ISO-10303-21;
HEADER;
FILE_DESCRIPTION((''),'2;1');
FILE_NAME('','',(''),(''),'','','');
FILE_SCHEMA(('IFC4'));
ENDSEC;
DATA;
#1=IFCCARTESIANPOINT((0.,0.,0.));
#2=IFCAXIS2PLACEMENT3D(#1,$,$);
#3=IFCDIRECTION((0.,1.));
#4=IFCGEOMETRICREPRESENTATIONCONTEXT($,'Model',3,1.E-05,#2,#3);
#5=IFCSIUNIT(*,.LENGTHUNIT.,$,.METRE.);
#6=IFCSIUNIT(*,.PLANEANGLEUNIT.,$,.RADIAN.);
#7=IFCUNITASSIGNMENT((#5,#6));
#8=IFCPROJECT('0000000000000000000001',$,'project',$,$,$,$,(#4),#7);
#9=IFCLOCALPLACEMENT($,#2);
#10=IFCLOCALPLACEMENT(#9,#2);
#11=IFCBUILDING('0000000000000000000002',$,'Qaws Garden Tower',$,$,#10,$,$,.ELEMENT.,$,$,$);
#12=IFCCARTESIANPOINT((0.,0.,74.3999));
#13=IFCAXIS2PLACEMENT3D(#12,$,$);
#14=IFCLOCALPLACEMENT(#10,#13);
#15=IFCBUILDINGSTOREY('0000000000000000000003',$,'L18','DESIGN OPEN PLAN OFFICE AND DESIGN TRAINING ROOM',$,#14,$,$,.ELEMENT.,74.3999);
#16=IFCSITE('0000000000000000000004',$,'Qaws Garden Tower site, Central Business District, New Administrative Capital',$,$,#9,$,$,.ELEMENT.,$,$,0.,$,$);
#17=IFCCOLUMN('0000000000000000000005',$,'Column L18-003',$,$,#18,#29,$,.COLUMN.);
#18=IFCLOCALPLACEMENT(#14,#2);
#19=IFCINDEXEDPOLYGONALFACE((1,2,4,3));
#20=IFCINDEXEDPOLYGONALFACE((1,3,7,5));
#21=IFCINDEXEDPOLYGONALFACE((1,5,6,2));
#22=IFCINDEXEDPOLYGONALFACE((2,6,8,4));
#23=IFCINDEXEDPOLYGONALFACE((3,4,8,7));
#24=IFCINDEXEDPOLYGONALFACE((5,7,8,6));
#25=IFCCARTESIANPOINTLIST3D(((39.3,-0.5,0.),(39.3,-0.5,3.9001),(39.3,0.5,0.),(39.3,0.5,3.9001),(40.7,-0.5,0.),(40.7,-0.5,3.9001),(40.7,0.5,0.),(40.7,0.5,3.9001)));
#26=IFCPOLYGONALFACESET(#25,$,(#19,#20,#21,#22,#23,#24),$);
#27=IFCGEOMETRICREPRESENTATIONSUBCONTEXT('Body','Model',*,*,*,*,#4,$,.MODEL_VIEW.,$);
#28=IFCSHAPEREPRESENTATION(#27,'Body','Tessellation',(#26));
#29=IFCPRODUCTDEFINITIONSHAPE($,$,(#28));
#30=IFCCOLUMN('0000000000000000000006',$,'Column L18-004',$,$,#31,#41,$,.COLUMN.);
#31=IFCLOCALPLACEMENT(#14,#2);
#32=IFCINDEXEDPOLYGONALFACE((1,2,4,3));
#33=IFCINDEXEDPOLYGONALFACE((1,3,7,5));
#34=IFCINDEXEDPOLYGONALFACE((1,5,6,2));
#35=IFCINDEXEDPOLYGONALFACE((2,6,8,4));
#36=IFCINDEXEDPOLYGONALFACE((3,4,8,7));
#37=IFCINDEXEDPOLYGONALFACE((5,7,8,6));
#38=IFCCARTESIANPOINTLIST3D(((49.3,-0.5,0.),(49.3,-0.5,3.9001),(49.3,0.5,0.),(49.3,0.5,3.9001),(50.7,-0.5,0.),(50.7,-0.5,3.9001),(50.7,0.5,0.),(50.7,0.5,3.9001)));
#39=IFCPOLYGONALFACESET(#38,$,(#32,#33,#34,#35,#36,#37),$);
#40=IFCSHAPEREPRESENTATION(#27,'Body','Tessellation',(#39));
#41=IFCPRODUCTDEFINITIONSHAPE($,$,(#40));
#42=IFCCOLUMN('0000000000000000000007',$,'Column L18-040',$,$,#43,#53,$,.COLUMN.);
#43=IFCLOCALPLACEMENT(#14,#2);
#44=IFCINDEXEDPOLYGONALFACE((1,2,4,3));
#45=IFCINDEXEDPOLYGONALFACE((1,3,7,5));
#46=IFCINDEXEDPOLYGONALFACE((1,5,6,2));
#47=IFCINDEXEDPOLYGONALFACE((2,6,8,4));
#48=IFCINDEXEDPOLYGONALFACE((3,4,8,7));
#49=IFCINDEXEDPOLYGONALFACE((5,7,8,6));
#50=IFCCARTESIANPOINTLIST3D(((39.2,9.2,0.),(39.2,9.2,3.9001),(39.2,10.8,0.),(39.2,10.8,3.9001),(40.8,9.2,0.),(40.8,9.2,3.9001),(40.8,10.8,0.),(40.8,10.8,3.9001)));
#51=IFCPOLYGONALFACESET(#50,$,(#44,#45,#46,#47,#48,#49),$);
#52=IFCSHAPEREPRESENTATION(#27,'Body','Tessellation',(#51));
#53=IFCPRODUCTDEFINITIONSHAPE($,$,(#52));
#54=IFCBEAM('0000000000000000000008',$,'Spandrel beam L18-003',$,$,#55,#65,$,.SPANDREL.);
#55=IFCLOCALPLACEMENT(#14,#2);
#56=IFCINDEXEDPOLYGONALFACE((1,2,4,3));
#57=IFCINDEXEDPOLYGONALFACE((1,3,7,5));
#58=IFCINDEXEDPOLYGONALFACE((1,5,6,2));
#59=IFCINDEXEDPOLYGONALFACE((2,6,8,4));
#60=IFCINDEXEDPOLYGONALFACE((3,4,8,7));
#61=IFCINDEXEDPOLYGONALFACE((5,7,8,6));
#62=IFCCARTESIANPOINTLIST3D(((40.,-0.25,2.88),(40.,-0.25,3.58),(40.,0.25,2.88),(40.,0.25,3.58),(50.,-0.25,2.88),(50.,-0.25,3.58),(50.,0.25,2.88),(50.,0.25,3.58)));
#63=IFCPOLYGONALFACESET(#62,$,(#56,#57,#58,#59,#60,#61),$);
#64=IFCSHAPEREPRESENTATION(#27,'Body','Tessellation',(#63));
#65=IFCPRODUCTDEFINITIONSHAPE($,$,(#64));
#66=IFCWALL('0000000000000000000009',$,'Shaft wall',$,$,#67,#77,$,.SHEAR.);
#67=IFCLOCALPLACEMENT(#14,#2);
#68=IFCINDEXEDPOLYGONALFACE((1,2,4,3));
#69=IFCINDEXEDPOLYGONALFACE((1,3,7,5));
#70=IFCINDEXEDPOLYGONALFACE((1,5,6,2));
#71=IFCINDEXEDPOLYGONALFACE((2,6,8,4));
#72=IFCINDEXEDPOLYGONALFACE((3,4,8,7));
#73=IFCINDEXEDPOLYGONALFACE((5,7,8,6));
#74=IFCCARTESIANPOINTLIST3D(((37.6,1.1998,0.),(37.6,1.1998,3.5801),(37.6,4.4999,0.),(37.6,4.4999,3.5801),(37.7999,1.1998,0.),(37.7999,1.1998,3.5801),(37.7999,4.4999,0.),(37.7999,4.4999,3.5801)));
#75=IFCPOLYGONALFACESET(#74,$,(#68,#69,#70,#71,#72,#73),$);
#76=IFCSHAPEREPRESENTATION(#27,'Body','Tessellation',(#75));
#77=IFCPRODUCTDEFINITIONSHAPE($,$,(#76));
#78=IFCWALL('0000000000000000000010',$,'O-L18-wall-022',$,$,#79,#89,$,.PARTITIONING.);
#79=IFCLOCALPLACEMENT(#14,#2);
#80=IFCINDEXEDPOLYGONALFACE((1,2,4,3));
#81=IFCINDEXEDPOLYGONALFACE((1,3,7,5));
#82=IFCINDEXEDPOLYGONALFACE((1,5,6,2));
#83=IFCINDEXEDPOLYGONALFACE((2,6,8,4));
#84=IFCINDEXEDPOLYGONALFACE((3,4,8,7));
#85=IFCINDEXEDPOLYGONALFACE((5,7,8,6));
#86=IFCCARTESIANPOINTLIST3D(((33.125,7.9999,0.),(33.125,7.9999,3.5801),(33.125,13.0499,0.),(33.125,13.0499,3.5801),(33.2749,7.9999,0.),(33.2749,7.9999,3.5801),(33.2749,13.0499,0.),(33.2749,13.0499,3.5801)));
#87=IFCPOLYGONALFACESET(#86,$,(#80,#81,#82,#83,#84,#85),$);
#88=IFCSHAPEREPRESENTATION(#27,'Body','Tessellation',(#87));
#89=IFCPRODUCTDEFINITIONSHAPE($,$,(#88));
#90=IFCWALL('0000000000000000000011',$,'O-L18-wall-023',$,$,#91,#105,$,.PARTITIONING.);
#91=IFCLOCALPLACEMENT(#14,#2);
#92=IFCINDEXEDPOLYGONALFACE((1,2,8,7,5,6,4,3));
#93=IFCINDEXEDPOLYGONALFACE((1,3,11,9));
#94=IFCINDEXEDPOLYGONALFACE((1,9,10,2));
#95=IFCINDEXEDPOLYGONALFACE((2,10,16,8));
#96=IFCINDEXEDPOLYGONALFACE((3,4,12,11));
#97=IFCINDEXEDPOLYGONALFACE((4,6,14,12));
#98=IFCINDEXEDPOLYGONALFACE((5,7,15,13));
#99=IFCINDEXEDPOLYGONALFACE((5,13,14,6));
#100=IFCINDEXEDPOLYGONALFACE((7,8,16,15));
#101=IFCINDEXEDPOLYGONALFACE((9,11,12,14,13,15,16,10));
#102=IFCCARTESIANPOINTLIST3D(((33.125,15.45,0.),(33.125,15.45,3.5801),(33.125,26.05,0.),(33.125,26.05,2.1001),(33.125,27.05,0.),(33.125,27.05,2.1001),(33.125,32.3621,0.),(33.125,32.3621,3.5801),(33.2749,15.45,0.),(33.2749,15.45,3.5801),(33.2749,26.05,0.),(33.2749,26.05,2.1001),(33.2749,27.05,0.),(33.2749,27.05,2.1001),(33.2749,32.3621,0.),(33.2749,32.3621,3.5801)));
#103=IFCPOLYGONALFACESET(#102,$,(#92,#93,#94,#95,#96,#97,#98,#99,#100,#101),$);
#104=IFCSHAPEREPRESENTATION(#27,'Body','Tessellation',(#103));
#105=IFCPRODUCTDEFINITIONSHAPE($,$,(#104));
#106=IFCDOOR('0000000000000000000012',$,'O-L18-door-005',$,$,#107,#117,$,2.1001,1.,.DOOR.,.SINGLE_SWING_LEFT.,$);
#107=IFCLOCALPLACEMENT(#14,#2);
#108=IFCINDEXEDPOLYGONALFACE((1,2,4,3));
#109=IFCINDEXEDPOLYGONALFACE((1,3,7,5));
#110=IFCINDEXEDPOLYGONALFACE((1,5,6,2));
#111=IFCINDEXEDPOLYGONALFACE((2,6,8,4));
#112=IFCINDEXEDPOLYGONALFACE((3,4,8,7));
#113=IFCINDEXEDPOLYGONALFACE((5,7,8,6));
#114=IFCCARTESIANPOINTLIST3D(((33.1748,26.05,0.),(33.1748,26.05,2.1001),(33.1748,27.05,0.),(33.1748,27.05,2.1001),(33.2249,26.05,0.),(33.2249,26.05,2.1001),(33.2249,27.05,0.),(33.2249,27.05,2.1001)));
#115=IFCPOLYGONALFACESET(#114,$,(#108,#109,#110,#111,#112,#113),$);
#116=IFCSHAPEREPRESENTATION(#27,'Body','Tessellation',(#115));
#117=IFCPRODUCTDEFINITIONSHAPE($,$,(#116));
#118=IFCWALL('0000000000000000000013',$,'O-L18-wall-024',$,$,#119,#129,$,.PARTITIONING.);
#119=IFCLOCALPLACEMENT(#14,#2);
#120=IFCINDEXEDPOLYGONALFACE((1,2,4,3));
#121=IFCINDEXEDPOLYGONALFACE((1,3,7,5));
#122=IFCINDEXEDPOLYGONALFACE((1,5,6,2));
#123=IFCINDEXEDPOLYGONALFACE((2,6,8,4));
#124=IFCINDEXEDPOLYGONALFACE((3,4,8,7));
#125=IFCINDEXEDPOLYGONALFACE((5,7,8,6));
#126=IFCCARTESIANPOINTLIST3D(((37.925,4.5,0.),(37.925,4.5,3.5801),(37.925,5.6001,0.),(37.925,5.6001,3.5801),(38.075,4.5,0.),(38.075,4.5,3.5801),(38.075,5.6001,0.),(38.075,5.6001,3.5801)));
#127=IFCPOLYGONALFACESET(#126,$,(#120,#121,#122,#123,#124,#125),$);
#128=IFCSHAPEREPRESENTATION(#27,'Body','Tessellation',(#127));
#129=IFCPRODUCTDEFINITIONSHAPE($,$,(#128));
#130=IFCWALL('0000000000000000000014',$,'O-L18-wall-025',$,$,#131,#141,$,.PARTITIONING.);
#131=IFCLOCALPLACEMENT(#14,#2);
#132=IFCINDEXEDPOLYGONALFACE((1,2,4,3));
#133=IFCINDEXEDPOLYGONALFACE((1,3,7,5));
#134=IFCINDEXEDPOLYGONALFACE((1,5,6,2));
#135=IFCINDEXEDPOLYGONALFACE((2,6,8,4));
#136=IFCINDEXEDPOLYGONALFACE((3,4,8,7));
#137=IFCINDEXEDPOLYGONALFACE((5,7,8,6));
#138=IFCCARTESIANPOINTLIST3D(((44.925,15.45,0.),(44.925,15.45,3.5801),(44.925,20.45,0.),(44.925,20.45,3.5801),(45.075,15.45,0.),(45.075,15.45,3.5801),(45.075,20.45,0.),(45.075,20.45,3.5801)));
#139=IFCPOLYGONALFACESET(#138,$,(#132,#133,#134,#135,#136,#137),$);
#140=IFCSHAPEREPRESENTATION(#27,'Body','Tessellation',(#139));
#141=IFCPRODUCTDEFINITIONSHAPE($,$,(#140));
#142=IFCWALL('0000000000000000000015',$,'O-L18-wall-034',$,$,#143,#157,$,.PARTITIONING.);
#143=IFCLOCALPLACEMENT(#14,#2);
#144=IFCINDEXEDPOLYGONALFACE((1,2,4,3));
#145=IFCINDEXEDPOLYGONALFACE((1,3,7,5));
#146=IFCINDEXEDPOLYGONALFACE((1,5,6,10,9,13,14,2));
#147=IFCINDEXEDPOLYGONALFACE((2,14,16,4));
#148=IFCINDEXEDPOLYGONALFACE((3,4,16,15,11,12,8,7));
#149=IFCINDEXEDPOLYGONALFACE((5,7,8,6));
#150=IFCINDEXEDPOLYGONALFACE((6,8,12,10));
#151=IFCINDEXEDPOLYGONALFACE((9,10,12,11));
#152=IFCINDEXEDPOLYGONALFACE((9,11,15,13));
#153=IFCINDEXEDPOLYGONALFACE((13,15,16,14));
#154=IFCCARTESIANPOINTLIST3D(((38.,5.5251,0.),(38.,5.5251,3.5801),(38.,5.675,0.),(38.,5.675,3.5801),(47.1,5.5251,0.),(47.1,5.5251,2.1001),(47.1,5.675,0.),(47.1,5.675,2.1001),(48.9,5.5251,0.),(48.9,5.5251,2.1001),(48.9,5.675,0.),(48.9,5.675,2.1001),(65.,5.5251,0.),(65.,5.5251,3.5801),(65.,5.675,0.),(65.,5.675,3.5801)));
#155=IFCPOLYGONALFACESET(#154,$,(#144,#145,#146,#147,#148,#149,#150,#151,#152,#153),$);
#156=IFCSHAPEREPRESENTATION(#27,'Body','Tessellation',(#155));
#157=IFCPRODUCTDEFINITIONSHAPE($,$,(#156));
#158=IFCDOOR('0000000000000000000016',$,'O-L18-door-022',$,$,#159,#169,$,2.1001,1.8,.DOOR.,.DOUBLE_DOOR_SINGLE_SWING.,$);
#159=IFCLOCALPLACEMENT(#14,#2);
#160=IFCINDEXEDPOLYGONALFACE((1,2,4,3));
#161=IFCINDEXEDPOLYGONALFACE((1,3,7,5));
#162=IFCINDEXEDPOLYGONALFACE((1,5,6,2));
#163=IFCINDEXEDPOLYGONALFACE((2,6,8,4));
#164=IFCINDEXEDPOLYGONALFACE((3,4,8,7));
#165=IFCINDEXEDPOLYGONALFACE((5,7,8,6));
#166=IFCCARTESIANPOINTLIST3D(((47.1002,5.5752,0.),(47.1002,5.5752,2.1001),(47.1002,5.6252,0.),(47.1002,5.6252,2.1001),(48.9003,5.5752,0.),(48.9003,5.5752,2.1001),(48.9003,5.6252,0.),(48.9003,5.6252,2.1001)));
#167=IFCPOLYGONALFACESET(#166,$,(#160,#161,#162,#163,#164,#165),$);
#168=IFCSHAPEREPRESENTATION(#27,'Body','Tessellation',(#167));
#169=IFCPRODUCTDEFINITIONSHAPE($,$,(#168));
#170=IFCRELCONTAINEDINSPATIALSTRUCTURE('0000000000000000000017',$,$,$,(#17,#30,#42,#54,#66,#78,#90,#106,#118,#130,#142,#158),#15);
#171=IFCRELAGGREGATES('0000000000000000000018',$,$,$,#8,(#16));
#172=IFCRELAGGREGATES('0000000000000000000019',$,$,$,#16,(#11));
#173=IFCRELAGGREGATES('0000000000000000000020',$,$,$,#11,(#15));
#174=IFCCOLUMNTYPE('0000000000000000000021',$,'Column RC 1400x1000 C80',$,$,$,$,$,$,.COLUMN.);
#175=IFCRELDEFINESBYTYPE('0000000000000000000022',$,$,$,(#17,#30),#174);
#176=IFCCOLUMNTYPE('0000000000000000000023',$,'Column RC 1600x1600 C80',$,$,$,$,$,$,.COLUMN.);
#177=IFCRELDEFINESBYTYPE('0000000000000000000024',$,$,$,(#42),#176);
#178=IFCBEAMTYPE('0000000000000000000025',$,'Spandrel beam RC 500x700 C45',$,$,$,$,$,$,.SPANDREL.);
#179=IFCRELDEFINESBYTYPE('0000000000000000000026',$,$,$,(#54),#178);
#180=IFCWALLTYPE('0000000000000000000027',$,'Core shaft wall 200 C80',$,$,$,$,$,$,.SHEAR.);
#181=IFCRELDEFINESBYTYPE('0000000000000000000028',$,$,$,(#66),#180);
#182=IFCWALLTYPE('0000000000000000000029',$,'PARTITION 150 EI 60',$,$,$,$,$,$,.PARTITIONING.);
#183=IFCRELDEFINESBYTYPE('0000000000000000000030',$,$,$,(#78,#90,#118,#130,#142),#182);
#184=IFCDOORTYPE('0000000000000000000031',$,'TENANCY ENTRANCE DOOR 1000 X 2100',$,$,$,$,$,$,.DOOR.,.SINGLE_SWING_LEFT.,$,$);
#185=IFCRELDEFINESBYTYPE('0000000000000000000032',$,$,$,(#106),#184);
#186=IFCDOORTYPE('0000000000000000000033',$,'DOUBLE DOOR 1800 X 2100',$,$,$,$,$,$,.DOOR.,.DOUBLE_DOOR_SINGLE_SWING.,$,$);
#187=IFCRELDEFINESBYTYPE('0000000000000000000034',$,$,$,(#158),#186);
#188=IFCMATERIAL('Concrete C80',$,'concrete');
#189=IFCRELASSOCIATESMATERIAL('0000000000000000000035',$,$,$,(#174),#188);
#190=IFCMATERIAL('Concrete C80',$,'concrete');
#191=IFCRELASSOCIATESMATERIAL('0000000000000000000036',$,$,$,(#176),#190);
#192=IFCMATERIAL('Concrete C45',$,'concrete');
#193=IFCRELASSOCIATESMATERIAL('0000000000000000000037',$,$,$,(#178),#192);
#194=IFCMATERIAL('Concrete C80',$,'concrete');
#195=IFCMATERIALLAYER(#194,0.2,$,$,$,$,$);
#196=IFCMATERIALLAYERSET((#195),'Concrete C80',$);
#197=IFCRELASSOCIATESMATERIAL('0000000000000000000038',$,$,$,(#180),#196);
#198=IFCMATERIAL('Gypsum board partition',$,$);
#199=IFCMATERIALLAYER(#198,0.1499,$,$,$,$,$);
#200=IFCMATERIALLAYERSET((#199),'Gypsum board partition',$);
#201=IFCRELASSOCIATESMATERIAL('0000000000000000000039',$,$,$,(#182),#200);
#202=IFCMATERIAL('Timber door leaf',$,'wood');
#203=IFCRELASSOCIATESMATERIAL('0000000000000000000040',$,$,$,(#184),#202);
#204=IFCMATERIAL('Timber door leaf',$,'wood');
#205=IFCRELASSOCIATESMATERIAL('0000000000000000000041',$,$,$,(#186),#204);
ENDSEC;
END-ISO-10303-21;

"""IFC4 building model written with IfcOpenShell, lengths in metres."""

from ifc_helpers import new_model, si_unit, direction, frame, frame_2d, origin, origin_2d, place, context, subcontext, project, spatial, rectangle, extrude, material, layer, layer_set, material_profile, profile_set, type_object, element, fill, save


model = new_model("IFC4")

# Units and contexts
model_context = context("Model", 3, precision=1e-05, world=origin(), true_north=direction((0.0, 1.0)))
body_context = subcontext(model_context, "Body", "Model", "MODEL_VIEW")
ifc_project = project(units=[si_unit("LENGTHUNIT", "METRE"), si_unit("PLANEANGLEUNIT", "RADIAN")], contexts=[model_context])

# Site, building, storey
site_placement = place(None, origin())
site = spatial("IfcSite", under=ifc_project, at=site_placement, Name="Qaws Garden Tower site, Central Business District, New Administrative Capital", CompositionType="ELEMENT", RefElevation=0.0)
building_placement = place(site_placement, origin())
building = spatial("IfcBuilding", under=site, at=building_placement, Name="Qaws Garden Tower", CompositionType="ELEMENT")
storey_placement = place(building_placement, frame((0.0, 0.0, 74.3999)))
storey = spatial("IfcBuildingStorey", under=building, at=storey_placement, Name="L18", Description="DESIGN OPEN PLAN OFFICE AND DESIGN TRAINING ROOM", CompositionType="ELEMENT", Elevation=74.3999)

# Columns
ifc_material_1 = material(Name="Concrete C80", Category="concrete")
ifc_material_profile_1 = material_profile(ifc_material_1, rectangle(XDim=1.3999, YDim=1.0, at=origin_2d()), Name="RC 1400x1000")
ifc_profile_set_1 = profile_set([ifc_material_profile_1], Name="Concrete C80")
column_type_1 = type_object("IfcColumnType", Name="Column RC 1400x1000 C80", PredefinedType="COLUMN", material=ifc_profile_set_1)
for number, where, z_axis, x_axis, name in (
    (1, (40.0, 0.0, 0.0), (0.0, 0.0, 1.0), (1.0, 0.0, 0.0), "Column L18-003"),
    (2, (50.0, 0.0, 0.0), (0.0, 0.0, 1.0), (1.0, 0.0, 0.0), "Column L18-004"),
):
    element("IfcColumn", number, at=place(storey_placement, frame(where, z_axis=z_axis, x_axis=x_axis)), inside=storey, type_object=column_type_1, Name=name, PredefinedType="COLUMN", context=body_context, shape_type="SweptSolid", body=[
        extrude(rectangle(XDim=1.3999, YDim=1.0, at=origin_2d()), origin(), (0.0, 0.0, 1.0), 3.9001),
    ])
ifc_material_2 = material(Name="Concrete C80", Category="concrete")
ifc_material_profile_2 = material_profile(ifc_material_2, rectangle(XDim=1.6001, YDim=1.6001, at=origin_2d()), Name="RC 1600x1600")
ifc_profile_set_2 = profile_set([ifc_material_profile_2], Name="Concrete C80")
column_type_2 = type_object("IfcColumnType", Name="Column RC 1600x1600 C80", PredefinedType="COLUMN", material=ifc_profile_set_2)
column_placement = place(storey_placement, frame((40.0, 10.0, 0.0), z_axis=(0.0, 0.0, 1.0), x_axis=(1.0, 0.0, 0.0)))
element("IfcColumn", 3, at=column_placement, inside=storey, type_object=column_type_2, Name="Column L18-040", PredefinedType="COLUMN", context=body_context, shape_type="SweptSolid", body=[
    extrude(rectangle(XDim=1.6001, YDim=1.6001, at=origin_2d()), origin(), (0.0, 0.0, 1.0), 3.9001),
])

# Beam
ifc_material_3 = material(Name="Concrete C45", Category="concrete")
ifc_material_profile_3 = material_profile(ifc_material_3, rectangle(XDim=0.5, YDim=0.7, at=origin_2d()), Name="RC 500x700")
ifc_profile_set_3 = profile_set([ifc_material_profile_3], Name="Concrete C45")
beam_type = type_object("IfcBeamType", Name="Spandrel beam RC 500x700 C45", PredefinedType="SPANDREL", material=ifc_profile_set_3)
beam_placement = place(storey_placement, frame((40.0, 0.0, 3.23), z_axis=(1.0, 0.0, 0.0), x_axis=(0.0, 1.0, 0.0)))
element("IfcBeam", 4, at=beam_placement, inside=storey, type_object=beam_type, Name="Spandrel beam L18-003", PredefinedType="SPANDREL", context=body_context, shape_type="SweptSolid", body=[
    extrude(rectangle(XDim=0.5, YDim=0.7, at=origin_2d()), origin(), (0.0, 0.0, 1.0), 10.0),
])

# Walls
ifc_material_4 = material(Name="Concrete C80", Category="concrete")
ifc_layer_1 = layer(ifc_material_4, 0.2)
ifc_layer_set_1 = layer_set([ifc_layer_1], Name="Concrete C80")
wall_type_1 = type_object("IfcWallType", Name="Core shaft wall 200 C80", PredefinedType="SHEAR", material=ifc_layer_set_1)
wall_1_placement = place(storey_placement, frame((37.7, 1.2, 0.0), z_axis=(0.0, 0.0, 1.0), x_axis=(0.0, 1.0, 0.0)))
element("IfcWall", 5, at=wall_1_placement, inside=storey, type_object=wall_type_1, Name="Shaft wall", PredefinedType="SHEAR", context=body_context, shape_type="SweptSolid", body=[
    extrude(rectangle(XDim=3.3, YDim=0.2, at=frame_2d((1.6499, 0.0))), origin(), (0.0, 0.0, 1.0), 3.5801),
])
ifc_material_5 = material(Name="Gypsum board partition")
ifc_layer_2 = layer(ifc_material_5, 0.1499)
ifc_layer_set_2 = layer_set([ifc_layer_2], Name="Gypsum board partition")
wall_type_2 = type_object("IfcWallType", Name="PARTITION 150 EI 60", PredefinedType="PARTITIONING", material=ifc_layer_set_2)
wall_2_placement = place(storey_placement, frame((33.2, 8.0, 0.0), z_axis=(0.0, 0.0, 1.0), x_axis=(0.0, 1.0, 0.0)))
element("IfcWall", 6, at=wall_2_placement, inside=storey, type_object=wall_type_2, Name="O-L18-wall-022", PredefinedType="PARTITIONING", context=body_context, shape_type="SweptSolid", body=[
    extrude(rectangle(XDim=5.05, YDim=0.1499, at=frame_2d((2.5249, 0.0))), origin(), (0.0, 0.0, 1.0), 3.5801),
])

# Wall, opening, door
wall_3_placement = place(storey_placement, frame((33.2, 15.45, 0.0), z_axis=(0.0, 0.0, 1.0), x_axis=(0.0, 1.0, 0.0)))
wall_3 = element("IfcWall", 7, at=wall_3_placement, inside=storey, type_object=wall_type_2, Name="O-L18-wall-023", PredefinedType="PARTITIONING", context=body_context, shape_type="SweptSolid", body=[
    extrude(rectangle(XDim=16.9121, YDim=0.1499, at=frame_2d((8.4561, 0.0))), origin(), (0.0, 0.0, 1.0), 3.5801),
])
opening_1_placement = place(wall_3_placement, frame((10.6001, 0.0, 0.0)))
opening_1 = element("IfcOpeningElement", 8, at=opening_1_placement, cuts=wall_3, PredefinedType="OPENING", context=body_context, shape_type="SweptSolid", body=[
    extrude(rectangle(XDim=1.0, YDim=2.1001, at=frame_2d((0.5, 1.05))), frame((0.0, 0.085, 0.0), z_axis=(0.0, -1.0, 0.0), x_axis=(1.0, 0.0, 0.0)), (0.0, 0.0, 1.0), 0.1699),
])
ifc_material_6 = material(Name="Timber door leaf", Category="wood")
door_type_1 = type_object("IfcDoorType", Name="TENANCY ENTRANCE DOOR 1000 X 2100", OperationType="SINGLE_SWING_LEFT", PredefinedType="DOOR", material=ifc_material_6)
door_1_placement = place(opening_1_placement, frame((1.0, 0.0, 0.0), z_axis=(0.0, 0.0, 1.0), x_axis=(-1.0, 0.0, 0.0)))
door_1 = element("IfcDoor", 9, at=door_1_placement, inside=storey, type_object=door_type_1, Name="O-L18-door-005", OperationType="SINGLE_SWING_LEFT", OverallHeight=2.1001, OverallWidth=1.0, PredefinedType="DOOR", context=body_context, shape_type="SweptSolid", body=[
    extrude(rectangle(XDim=1.0, YDim=2.1001, at=frame_2d((0.5, 1.05))), frame((0.0, 0.0249, 0.0), z_axis=(0.0, -1.0, 0.0), x_axis=(1.0, 0.0, 0.0)), (0.0, 0.0, 1.0), 0.05),
])
fill(opening_1, door_1)

# Walls
wall_4_placement = place(storey_placement, frame((38.0, 4.5, 0.0), z_axis=(0.0, 0.0, 1.0), x_axis=(0.0, 1.0, 0.0)))
element("IfcWall", 10, at=wall_4_placement, inside=storey, type_object=wall_type_2, Name="O-L18-wall-024", PredefinedType="PARTITIONING", context=body_context, shape_type="SweptSolid", body=[
    extrude(rectangle(XDim=1.1001, YDim=0.1499, at=frame_2d((0.55, 0.0))), origin(), (0.0, 0.0, 1.0), 3.5801),
])
wall_5_placement = place(storey_placement, frame((45.0, 15.45, 0.0), z_axis=(0.0, 0.0, 1.0), x_axis=(0.0, 1.0, 0.0)))
element("IfcWall", 11, at=wall_5_placement, inside=storey, type_object=wall_type_2, Name="O-L18-wall-025", PredefinedType="PARTITIONING", context=body_context, shape_type="SweptSolid", body=[
    extrude(rectangle(XDim=5.0, YDim=0.1499, at=frame_2d((2.5, 0.0))), origin(), (0.0, 0.0, 1.0), 3.5801),
])

# Wall, opening, door
wall_6_placement = place(storey_placement, frame((38.0, 5.6001, 0.0), z_axis=(0.0, 0.0, 1.0), x_axis=(1.0, 0.0, 0.0)))
wall_6 = element("IfcWall", 12, at=wall_6_placement, inside=storey, type_object=wall_type_2, Name="O-L18-wall-034", PredefinedType="PARTITIONING", context=body_context, shape_type="SweptSolid", body=[
    extrude(rectangle(XDim=27.0, YDim=0.1499, at=frame_2d((13.5, 0.0))), origin(), (0.0, 0.0, 1.0), 3.5801),
])
opening_2_placement = place(wall_6_placement, frame((9.1001, 0.0, 0.0)))
opening_2 = element("IfcOpeningElement", 13, at=opening_2_placement, cuts=wall_6, PredefinedType="OPENING", context=body_context, shape_type="SweptSolid", body=[
    extrude(rectangle(XDim=1.8, YDim=2.1001, at=frame_2d((0.8999, 1.05))), frame((0.0, 0.085, 0.0), z_axis=(0.0, -1.0, 0.0), x_axis=(1.0, 0.0, 0.0)), (0.0, 0.0, 1.0), 0.1699),
])
ifc_material_7 = material(Name="Timber door leaf", Category="wood")
door_type_2 = type_object("IfcDoorType", Name="DOUBLE DOOR 1800 X 2100", OperationType="DOUBLE_DOOR_SINGLE_SWING", PredefinedType="DOOR", material=ifc_material_7)
door_2_placement = place(opening_2_placement, frame((1.8, 0.0, 0.0), z_axis=(0.0, 0.0, 1.0), x_axis=(-1.0, 0.0, 0.0)))
door_2 = element("IfcDoor", 14, at=door_2_placement, inside=storey, type_object=door_type_2, Name="O-L18-door-022", OperationType="DOUBLE_DOOR_SINGLE_SWING", OverallHeight=2.1001, OverallWidth=1.8, PredefinedType="DOOR", context=body_context, shape_type="SweptSolid", body=[
    extrude(rectangle(XDim=1.8, YDim=2.1001, at=frame_2d((0.8999, 1.05))), frame((0.0, 0.0249, 0.0), z_axis=(0.0, -1.0, 0.0), x_axis=(1.0, 0.0, 0.0)), (0.0, 0.0, 1.0), 0.05),
])
fill(opening_2, door_2)

save(model, "model.ifc")
